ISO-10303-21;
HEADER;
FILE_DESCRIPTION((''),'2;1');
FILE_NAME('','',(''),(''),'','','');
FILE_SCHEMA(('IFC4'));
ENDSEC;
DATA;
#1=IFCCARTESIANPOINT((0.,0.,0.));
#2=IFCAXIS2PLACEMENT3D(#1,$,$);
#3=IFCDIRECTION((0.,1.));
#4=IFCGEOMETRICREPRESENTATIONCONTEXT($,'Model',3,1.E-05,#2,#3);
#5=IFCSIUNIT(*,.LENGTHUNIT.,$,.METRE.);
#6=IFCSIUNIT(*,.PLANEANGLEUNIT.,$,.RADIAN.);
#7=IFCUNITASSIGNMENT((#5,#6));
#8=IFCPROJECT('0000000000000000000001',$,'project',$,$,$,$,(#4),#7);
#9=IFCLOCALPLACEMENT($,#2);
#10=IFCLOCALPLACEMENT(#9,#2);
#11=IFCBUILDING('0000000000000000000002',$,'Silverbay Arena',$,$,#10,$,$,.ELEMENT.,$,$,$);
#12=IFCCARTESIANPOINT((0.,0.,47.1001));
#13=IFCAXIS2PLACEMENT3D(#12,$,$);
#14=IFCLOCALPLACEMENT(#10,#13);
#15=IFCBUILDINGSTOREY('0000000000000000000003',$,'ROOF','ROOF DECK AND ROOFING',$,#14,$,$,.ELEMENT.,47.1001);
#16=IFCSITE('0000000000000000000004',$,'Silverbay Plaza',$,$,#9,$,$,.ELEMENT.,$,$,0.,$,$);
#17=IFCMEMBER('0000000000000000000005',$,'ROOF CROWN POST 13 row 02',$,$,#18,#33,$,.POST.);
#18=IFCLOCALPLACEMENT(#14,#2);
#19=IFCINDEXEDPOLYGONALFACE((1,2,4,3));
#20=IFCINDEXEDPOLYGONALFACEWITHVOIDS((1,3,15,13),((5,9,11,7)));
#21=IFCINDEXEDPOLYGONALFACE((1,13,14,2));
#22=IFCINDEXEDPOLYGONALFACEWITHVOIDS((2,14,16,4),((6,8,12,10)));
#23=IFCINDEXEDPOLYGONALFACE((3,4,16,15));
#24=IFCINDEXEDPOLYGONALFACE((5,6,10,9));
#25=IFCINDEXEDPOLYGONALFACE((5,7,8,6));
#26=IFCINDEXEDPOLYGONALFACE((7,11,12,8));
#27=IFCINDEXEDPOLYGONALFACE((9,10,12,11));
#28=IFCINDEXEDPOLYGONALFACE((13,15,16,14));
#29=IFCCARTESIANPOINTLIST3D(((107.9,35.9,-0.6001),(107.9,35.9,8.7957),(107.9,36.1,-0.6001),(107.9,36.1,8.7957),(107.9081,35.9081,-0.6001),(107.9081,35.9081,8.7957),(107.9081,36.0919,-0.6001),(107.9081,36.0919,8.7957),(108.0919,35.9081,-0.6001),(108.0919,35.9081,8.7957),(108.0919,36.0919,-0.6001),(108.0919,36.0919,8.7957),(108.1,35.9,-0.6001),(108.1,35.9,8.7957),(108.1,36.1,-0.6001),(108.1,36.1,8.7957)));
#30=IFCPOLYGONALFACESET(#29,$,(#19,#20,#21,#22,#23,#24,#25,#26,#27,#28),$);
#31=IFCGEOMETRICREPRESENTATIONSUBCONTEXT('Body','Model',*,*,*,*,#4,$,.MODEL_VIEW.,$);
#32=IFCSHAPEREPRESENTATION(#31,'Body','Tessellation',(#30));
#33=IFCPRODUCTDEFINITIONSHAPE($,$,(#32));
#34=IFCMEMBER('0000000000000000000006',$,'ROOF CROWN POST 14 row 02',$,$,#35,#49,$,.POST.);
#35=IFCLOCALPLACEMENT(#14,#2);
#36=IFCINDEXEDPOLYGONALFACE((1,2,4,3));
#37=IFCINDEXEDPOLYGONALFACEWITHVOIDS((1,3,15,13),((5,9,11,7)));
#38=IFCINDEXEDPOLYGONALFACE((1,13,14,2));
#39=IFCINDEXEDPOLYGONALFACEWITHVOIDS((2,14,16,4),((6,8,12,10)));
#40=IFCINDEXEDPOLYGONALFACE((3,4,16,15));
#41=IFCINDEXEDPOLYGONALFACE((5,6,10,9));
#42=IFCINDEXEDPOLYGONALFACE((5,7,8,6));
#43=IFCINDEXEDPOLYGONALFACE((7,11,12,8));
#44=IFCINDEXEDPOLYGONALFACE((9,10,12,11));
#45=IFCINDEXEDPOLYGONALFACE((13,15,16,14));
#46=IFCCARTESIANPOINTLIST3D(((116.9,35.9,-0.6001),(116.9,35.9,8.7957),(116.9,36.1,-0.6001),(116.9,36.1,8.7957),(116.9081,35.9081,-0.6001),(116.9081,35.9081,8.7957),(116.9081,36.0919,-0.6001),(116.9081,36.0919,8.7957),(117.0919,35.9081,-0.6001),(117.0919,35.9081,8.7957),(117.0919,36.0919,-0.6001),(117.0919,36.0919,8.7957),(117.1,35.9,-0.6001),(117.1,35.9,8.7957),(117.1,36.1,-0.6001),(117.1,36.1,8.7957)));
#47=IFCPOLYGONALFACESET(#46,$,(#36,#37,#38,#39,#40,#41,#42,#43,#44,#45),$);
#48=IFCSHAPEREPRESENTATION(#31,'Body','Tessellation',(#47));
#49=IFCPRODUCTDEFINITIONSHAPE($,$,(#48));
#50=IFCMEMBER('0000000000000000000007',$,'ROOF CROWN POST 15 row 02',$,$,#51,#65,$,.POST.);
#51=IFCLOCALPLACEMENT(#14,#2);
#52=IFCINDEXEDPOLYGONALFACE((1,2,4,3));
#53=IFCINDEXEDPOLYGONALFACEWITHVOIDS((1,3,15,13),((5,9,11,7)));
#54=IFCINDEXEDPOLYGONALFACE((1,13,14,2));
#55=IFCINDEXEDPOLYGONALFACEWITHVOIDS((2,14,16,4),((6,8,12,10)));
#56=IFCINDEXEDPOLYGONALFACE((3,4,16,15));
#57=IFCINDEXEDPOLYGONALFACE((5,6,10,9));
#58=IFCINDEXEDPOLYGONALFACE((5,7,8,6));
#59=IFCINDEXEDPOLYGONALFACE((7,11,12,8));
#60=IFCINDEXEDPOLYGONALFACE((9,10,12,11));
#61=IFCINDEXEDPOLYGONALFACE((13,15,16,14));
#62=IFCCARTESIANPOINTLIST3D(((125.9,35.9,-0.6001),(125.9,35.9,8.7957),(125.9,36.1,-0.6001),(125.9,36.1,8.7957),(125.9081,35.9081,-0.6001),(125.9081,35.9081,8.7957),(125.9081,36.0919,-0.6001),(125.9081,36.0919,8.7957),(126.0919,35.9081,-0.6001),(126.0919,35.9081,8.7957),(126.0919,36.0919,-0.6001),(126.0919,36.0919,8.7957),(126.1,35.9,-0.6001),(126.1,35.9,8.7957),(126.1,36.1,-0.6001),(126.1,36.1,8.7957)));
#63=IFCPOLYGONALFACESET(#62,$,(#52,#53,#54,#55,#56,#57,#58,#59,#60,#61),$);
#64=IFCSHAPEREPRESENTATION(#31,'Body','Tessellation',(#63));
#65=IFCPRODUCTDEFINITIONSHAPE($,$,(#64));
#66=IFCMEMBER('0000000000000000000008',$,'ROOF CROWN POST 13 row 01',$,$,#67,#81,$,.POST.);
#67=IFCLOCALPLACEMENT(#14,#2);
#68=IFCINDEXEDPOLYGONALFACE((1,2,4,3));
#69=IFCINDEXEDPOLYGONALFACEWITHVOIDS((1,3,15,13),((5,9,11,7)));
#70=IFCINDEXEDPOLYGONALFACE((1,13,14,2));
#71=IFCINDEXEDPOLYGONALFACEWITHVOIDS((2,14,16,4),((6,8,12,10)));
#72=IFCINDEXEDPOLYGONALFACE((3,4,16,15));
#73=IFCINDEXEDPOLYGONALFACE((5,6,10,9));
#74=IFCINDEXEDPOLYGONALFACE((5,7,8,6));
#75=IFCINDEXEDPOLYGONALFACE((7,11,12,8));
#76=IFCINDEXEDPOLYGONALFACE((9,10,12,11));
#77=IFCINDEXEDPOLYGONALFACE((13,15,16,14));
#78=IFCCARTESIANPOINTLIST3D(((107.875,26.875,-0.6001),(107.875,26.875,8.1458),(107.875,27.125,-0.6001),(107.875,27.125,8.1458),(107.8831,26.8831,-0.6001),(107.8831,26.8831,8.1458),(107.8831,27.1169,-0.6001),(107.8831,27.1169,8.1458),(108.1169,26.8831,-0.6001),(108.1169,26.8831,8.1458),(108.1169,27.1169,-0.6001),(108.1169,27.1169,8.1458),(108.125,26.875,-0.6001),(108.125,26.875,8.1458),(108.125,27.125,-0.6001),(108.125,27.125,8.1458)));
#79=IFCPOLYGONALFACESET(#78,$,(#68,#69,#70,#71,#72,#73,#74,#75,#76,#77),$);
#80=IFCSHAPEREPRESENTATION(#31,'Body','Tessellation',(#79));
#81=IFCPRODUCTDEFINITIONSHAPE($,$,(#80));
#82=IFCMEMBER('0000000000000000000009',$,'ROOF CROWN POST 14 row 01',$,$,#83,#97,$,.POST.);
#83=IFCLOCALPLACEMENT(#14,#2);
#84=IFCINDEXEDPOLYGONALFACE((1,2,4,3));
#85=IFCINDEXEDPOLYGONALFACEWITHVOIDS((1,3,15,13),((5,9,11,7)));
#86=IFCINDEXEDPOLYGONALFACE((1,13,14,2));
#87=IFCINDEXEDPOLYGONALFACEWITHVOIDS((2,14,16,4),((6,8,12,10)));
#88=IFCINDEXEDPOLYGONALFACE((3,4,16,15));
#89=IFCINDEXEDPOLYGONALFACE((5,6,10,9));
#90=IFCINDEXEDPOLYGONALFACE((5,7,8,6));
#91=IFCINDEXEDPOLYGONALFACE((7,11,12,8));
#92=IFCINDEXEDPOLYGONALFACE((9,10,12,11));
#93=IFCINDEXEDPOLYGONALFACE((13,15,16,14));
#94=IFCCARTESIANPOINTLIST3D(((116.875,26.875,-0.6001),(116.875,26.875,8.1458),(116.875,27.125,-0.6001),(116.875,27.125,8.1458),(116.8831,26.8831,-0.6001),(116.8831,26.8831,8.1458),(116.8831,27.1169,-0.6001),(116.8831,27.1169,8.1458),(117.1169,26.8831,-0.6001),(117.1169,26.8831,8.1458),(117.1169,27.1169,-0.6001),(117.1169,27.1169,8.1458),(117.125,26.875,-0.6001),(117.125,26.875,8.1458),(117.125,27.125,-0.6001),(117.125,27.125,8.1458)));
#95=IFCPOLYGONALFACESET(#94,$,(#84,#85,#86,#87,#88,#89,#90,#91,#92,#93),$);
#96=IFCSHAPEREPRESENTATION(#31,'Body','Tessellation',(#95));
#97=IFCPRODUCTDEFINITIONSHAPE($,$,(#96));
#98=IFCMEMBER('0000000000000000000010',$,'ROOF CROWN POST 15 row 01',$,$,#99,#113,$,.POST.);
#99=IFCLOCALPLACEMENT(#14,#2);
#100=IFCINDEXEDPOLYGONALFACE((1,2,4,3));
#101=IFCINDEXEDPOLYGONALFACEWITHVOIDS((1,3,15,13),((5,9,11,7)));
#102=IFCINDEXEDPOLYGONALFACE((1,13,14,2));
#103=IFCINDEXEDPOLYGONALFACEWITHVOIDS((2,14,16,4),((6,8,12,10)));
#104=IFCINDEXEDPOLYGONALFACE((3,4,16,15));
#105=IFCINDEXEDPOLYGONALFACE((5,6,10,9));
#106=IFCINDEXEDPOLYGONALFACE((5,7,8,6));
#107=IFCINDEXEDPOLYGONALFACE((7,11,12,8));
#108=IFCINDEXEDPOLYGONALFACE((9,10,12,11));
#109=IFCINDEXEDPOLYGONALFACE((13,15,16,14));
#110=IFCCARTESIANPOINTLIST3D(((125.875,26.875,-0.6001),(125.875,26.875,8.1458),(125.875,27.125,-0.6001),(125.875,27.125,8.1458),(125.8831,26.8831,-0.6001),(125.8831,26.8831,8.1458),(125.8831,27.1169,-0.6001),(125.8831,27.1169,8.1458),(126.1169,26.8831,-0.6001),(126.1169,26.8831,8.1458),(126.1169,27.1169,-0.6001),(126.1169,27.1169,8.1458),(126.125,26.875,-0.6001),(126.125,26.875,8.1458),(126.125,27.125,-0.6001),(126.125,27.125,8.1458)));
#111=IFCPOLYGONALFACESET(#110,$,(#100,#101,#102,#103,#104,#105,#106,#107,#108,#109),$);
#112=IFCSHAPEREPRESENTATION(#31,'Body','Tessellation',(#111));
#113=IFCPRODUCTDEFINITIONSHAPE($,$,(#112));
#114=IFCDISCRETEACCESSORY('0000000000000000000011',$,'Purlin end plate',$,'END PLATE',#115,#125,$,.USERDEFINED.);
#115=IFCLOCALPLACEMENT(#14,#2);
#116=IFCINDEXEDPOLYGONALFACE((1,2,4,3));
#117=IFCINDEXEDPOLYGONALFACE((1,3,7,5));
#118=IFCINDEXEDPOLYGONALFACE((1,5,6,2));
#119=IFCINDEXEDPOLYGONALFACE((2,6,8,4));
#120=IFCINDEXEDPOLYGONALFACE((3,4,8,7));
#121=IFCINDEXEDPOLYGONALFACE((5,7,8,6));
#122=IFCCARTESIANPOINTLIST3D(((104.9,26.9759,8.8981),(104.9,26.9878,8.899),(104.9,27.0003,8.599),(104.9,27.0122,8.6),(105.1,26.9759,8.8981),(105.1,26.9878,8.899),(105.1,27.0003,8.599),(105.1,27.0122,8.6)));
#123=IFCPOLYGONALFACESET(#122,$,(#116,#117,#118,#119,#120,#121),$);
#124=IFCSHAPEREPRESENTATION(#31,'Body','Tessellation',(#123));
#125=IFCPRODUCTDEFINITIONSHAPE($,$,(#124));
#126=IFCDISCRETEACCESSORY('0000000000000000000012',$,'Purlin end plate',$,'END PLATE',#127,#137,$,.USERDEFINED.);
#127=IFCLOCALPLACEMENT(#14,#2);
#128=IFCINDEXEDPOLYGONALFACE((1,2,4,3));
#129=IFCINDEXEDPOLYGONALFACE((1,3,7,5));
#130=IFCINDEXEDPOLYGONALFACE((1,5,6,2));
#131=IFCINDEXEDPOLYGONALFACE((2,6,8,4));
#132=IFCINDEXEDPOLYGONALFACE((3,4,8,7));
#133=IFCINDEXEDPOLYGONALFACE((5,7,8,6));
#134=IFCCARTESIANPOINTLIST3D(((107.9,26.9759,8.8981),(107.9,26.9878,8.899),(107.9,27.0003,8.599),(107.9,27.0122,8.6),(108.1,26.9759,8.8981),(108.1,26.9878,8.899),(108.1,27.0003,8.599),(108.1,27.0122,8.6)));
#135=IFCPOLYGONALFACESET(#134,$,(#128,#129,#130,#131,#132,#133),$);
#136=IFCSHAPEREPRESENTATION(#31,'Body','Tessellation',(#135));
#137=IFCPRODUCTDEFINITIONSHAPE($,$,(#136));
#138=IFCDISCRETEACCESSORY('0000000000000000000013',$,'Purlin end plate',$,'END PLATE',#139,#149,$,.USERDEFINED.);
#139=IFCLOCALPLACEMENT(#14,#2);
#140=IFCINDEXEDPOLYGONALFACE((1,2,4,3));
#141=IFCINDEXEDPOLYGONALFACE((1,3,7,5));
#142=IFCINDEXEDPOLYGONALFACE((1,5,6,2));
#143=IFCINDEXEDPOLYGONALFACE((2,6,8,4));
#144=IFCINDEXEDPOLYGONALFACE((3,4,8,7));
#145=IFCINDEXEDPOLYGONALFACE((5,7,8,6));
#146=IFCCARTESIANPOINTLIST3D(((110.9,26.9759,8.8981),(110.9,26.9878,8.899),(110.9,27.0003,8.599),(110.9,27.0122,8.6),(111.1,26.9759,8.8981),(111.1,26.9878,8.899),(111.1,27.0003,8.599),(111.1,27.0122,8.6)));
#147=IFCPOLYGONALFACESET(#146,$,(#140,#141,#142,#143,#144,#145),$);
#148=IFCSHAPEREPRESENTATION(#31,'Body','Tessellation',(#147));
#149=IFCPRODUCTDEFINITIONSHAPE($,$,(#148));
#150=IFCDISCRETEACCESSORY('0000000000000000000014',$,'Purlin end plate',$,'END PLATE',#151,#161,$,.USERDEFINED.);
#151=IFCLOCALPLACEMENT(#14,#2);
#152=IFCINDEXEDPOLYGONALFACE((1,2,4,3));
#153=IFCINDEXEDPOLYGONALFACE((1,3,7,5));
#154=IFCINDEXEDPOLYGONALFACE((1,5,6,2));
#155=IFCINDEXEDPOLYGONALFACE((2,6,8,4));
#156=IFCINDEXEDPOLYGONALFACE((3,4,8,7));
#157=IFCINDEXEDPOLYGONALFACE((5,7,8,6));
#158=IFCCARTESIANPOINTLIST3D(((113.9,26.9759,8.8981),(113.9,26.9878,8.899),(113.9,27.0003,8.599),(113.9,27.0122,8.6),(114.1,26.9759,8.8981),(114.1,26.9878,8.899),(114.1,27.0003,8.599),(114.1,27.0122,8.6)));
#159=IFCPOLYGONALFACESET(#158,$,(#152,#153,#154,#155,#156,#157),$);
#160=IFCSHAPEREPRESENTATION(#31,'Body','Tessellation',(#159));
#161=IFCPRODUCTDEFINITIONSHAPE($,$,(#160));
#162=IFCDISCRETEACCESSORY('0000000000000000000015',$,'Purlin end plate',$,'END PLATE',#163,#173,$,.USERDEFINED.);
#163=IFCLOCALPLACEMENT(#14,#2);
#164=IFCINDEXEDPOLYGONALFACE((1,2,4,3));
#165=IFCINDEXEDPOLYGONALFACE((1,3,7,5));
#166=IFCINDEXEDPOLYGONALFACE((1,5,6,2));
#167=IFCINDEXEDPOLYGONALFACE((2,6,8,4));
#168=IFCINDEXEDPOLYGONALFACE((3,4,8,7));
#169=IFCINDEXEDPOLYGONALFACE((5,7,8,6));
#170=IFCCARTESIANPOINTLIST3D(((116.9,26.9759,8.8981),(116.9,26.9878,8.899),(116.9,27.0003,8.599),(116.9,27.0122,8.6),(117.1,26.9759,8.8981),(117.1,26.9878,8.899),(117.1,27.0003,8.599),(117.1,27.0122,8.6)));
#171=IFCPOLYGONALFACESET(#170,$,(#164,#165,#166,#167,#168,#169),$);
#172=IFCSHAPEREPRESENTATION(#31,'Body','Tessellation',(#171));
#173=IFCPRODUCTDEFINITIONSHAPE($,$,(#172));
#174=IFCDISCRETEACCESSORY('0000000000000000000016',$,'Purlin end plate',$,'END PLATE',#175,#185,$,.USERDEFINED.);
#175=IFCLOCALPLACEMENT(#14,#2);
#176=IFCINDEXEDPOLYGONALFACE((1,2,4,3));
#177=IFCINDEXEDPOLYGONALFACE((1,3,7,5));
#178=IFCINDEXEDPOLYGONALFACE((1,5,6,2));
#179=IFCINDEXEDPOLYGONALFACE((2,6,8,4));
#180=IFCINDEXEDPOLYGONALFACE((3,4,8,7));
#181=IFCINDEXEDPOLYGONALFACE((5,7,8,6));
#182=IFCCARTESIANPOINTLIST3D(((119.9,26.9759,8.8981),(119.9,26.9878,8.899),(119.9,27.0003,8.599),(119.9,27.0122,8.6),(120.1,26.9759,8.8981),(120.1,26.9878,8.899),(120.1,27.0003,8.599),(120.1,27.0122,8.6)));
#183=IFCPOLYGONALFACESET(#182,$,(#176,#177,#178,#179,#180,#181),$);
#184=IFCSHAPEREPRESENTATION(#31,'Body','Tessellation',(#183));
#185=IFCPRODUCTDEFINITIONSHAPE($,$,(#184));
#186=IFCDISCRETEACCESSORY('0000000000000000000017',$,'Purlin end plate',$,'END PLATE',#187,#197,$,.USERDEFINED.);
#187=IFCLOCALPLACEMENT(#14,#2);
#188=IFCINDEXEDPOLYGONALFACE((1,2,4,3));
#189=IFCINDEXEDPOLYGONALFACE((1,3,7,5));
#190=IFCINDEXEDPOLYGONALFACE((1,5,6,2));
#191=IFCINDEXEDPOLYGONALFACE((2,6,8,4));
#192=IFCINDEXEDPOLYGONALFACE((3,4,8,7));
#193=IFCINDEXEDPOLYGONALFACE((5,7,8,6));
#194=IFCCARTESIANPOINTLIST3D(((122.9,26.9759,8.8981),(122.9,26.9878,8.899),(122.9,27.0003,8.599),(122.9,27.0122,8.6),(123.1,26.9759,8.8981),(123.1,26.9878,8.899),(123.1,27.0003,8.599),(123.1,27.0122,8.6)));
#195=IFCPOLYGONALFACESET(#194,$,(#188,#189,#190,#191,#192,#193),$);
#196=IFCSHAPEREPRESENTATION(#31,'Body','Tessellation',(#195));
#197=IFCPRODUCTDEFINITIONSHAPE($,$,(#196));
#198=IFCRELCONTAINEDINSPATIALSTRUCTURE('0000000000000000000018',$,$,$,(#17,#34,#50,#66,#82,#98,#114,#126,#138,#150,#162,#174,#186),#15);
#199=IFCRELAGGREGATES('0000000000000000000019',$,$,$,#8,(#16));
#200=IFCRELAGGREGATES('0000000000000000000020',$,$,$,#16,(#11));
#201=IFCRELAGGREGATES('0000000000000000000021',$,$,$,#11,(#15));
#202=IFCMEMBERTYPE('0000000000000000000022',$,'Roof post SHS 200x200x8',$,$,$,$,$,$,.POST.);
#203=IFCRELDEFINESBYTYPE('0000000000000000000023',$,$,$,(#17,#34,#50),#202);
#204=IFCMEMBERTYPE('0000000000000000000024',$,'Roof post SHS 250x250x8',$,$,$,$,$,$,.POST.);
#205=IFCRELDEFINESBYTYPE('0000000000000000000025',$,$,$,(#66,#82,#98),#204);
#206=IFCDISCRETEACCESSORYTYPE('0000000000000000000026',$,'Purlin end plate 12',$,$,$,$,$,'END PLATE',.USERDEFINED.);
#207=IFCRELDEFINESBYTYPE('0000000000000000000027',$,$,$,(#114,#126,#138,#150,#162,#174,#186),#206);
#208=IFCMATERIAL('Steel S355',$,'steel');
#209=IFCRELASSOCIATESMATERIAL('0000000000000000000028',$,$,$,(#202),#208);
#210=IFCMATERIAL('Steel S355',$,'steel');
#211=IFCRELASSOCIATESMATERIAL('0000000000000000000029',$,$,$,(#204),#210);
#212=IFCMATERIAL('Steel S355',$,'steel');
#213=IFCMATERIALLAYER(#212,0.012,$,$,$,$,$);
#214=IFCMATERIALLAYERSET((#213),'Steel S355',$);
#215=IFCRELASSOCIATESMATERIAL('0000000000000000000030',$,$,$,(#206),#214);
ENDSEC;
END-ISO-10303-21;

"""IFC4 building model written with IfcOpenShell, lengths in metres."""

from ifc_helpers import new_model, si_unit, direction, frame, origin, origin_2d, place, context, subcontext, project, spatial, rectangle, hollow_rectangle, extrude, material, layer, layer_set, material_profile, profile_set, type_object, element, save


model = new_model("IFC4")

# Units and contexts
model_context = context("Model", 3, precision=1e-05, world=origin(), true_north=direction((0.0, 1.0)))
body_context = subcontext(model_context, "Body", "Model", "MODEL_VIEW")
ifc_project = project(units=[si_unit("LENGTHUNIT", "METRE"), si_unit("PLANEANGLEUNIT", "RADIAN")], contexts=[model_context])

# Site, building, storey
site_placement = place(None, origin())
site = spatial("IfcSite", under=ifc_project, at=site_placement, Name="Silverbay Plaza", CompositionType="ELEMENT", RefElevation=0.0)
building_placement = place(site_placement, origin())
building = spatial("IfcBuilding", under=site, at=building_placement, Name="Silverbay Arena", CompositionType="ELEMENT")
storey_placement = place(building_placement, frame((0.0, 0.0, 47.1001)))
storey = spatial("IfcBuildingStorey", under=building, at=storey_placement, Name="ROOF", Description="ROOF DECK AND ROOFING", CompositionType="ELEMENT", Elevation=47.1001)

# Members
ifc_material_1 = material(Name="Steel S355", Category="steel")
ifc_material_profile_1 = material_profile(ifc_material_1, hollow_rectangle(XDim=0.2, YDim=0.2, WallThickness=0.0081, at=origin_2d()), Name="SHS 200x200x8")
ifc_profile_set_1 = profile_set([ifc_material_profile_1], Name="Steel S355")
member_type_1 = type_object("IfcMemberType", Name="Roof post SHS 200x200x8", PredefinedType="POST", material=ifc_profile_set_1)
for number, where, z_axis, x_axis, name in (
    (1, (108.0, 36.0, -0.6001), (0.0, 0.0, 1.0), (1.0, 0.0, 0.0), "ROOF CROWN POST 13 row 02"),
    (2, (117.0, 36.0, -0.6001), (0.0, 0.0, 1.0), (1.0, 0.0, 0.0), "ROOF CROWN POST 14 row 02"),
    (3, (126.0, 36.0, -0.6001), (0.0, 0.0, 1.0), (1.0, 0.0, 0.0), "ROOF CROWN POST 15 row 02"),
):
    element("IfcMember", number, at=place(storey_placement, frame(where, z_axis=z_axis, x_axis=x_axis)), inside=storey, type_object=member_type_1, Name=name, PredefinedType="POST", context=body_context, shape_type="SweptSolid", body=[
        extrude(hollow_rectangle(XDim=0.2, YDim=0.2, WallThickness=0.0081, at=origin_2d()), origin(), (0.0, 0.0, 1.0), 9.3958),
    ])
ifc_material_2 = material(Name="Steel S355", Category="steel")
ifc_material_profile_2 = material_profile(ifc_material_2, hollow_rectangle(XDim=0.25, YDim=0.25, WallThickness=0.0081, at=origin_2d()), Name="SHS 250x250x8")
ifc_profile_set_2 = profile_set([ifc_material_profile_2], Name="Steel S355")
member_type_2 = type_object("IfcMemberType", Name="Roof post SHS 250x250x8", PredefinedType="POST", material=ifc_profile_set_2)
for number, where, z_axis, x_axis, name in (
    (4, (108.0, 27.0, -0.6001), (0.0, 0.0, 1.0), (1.0, 0.0, 0.0), "ROOF CROWN POST 13 row 01"),
    (5, (117.0, 27.0, -0.6001), (0.0, 0.0, 1.0), (1.0, 0.0, 0.0), "ROOF CROWN POST 14 row 01"),
    (6, (126.0, 27.0, -0.6001), (0.0, 0.0, 1.0), (1.0, 0.0, 0.0), "ROOF CROWN POST 15 row 01"),
):
    element("IfcMember", number, at=place(storey_placement, frame(where, z_axis=z_axis, x_axis=x_axis)), inside=storey, type_object=member_type_2, Name=name, PredefinedType="POST", context=body_context, shape_type="SweptSolid", body=[
        extrude(hollow_rectangle(XDim=0.25, YDim=0.25, WallThickness=0.0081, at=origin_2d()), origin(), (0.0, 0.0, 1.0), 8.7458),
    ])

# Discrete accessories
ifc_material_3 = material(Name="Steel S355", Category="steel")
ifc_layer = layer(ifc_material_3, 0.012)
ifc_layer_set = layer_set([ifc_layer], Name="Steel S355")
discrete_accessory_type = type_object("IfcDiscreteAccessoryType", Name="Purlin end plate 12", ElementType="END PLATE", PredefinedType="USERDEFINED", material=ifc_layer_set)
for number, where, z_axis, x_axis, name in (
    (7, (105.0, 27.0, 8.7495), (0.0, -0.996685, -0.081362), (1.0, 0.0, 0.0), "Purlin end plate"),
    (8, (108.0, 27.0, 8.7495), (0.0, -0.996685, -0.081362), (1.0, 0.0, 0.0), "Purlin end plate"),
    (9, (111.0, 27.0, 8.7495), (0.0, -0.996685, -0.081362), (1.0, 0.0, 0.0), "Purlin end plate"),
    (10, (114.0, 27.0, 8.7495), (0.0, -0.996685, -0.081362), (1.0, 0.0, 0.0), "Purlin end plate"),
    (11, (117.0, 27.0, 8.7495), (0.0, -0.996685, -0.081362), (1.0, 0.0, 0.0), "Purlin end plate"),
    (12, (120.0, 27.0, 8.7495), (0.0, -0.996685, -0.081362), (1.0, 0.0, 0.0), "Purlin end plate"),
    (13, (123.0, 27.0, 8.7495), (0.0, -0.996685, -0.081362), (1.0, 0.0, 0.0), "Purlin end plate"),
):
    element("IfcDiscreteAccessory", number, at=place(storey_placement, frame(where, z_axis=z_axis, x_axis=x_axis)), inside=storey, type_object=discrete_accessory_type, Name=name, ObjectType="END PLATE", PredefinedType="USERDEFINED", context=body_context, shape_type="SweptSolid", body=[
        extrude(rectangle(XDim=0.2, YDim=0.3, at=origin_2d()), origin(), (0.0, 0.0, 1.0), 0.012),
    ])

save(model, "model.ifc")
